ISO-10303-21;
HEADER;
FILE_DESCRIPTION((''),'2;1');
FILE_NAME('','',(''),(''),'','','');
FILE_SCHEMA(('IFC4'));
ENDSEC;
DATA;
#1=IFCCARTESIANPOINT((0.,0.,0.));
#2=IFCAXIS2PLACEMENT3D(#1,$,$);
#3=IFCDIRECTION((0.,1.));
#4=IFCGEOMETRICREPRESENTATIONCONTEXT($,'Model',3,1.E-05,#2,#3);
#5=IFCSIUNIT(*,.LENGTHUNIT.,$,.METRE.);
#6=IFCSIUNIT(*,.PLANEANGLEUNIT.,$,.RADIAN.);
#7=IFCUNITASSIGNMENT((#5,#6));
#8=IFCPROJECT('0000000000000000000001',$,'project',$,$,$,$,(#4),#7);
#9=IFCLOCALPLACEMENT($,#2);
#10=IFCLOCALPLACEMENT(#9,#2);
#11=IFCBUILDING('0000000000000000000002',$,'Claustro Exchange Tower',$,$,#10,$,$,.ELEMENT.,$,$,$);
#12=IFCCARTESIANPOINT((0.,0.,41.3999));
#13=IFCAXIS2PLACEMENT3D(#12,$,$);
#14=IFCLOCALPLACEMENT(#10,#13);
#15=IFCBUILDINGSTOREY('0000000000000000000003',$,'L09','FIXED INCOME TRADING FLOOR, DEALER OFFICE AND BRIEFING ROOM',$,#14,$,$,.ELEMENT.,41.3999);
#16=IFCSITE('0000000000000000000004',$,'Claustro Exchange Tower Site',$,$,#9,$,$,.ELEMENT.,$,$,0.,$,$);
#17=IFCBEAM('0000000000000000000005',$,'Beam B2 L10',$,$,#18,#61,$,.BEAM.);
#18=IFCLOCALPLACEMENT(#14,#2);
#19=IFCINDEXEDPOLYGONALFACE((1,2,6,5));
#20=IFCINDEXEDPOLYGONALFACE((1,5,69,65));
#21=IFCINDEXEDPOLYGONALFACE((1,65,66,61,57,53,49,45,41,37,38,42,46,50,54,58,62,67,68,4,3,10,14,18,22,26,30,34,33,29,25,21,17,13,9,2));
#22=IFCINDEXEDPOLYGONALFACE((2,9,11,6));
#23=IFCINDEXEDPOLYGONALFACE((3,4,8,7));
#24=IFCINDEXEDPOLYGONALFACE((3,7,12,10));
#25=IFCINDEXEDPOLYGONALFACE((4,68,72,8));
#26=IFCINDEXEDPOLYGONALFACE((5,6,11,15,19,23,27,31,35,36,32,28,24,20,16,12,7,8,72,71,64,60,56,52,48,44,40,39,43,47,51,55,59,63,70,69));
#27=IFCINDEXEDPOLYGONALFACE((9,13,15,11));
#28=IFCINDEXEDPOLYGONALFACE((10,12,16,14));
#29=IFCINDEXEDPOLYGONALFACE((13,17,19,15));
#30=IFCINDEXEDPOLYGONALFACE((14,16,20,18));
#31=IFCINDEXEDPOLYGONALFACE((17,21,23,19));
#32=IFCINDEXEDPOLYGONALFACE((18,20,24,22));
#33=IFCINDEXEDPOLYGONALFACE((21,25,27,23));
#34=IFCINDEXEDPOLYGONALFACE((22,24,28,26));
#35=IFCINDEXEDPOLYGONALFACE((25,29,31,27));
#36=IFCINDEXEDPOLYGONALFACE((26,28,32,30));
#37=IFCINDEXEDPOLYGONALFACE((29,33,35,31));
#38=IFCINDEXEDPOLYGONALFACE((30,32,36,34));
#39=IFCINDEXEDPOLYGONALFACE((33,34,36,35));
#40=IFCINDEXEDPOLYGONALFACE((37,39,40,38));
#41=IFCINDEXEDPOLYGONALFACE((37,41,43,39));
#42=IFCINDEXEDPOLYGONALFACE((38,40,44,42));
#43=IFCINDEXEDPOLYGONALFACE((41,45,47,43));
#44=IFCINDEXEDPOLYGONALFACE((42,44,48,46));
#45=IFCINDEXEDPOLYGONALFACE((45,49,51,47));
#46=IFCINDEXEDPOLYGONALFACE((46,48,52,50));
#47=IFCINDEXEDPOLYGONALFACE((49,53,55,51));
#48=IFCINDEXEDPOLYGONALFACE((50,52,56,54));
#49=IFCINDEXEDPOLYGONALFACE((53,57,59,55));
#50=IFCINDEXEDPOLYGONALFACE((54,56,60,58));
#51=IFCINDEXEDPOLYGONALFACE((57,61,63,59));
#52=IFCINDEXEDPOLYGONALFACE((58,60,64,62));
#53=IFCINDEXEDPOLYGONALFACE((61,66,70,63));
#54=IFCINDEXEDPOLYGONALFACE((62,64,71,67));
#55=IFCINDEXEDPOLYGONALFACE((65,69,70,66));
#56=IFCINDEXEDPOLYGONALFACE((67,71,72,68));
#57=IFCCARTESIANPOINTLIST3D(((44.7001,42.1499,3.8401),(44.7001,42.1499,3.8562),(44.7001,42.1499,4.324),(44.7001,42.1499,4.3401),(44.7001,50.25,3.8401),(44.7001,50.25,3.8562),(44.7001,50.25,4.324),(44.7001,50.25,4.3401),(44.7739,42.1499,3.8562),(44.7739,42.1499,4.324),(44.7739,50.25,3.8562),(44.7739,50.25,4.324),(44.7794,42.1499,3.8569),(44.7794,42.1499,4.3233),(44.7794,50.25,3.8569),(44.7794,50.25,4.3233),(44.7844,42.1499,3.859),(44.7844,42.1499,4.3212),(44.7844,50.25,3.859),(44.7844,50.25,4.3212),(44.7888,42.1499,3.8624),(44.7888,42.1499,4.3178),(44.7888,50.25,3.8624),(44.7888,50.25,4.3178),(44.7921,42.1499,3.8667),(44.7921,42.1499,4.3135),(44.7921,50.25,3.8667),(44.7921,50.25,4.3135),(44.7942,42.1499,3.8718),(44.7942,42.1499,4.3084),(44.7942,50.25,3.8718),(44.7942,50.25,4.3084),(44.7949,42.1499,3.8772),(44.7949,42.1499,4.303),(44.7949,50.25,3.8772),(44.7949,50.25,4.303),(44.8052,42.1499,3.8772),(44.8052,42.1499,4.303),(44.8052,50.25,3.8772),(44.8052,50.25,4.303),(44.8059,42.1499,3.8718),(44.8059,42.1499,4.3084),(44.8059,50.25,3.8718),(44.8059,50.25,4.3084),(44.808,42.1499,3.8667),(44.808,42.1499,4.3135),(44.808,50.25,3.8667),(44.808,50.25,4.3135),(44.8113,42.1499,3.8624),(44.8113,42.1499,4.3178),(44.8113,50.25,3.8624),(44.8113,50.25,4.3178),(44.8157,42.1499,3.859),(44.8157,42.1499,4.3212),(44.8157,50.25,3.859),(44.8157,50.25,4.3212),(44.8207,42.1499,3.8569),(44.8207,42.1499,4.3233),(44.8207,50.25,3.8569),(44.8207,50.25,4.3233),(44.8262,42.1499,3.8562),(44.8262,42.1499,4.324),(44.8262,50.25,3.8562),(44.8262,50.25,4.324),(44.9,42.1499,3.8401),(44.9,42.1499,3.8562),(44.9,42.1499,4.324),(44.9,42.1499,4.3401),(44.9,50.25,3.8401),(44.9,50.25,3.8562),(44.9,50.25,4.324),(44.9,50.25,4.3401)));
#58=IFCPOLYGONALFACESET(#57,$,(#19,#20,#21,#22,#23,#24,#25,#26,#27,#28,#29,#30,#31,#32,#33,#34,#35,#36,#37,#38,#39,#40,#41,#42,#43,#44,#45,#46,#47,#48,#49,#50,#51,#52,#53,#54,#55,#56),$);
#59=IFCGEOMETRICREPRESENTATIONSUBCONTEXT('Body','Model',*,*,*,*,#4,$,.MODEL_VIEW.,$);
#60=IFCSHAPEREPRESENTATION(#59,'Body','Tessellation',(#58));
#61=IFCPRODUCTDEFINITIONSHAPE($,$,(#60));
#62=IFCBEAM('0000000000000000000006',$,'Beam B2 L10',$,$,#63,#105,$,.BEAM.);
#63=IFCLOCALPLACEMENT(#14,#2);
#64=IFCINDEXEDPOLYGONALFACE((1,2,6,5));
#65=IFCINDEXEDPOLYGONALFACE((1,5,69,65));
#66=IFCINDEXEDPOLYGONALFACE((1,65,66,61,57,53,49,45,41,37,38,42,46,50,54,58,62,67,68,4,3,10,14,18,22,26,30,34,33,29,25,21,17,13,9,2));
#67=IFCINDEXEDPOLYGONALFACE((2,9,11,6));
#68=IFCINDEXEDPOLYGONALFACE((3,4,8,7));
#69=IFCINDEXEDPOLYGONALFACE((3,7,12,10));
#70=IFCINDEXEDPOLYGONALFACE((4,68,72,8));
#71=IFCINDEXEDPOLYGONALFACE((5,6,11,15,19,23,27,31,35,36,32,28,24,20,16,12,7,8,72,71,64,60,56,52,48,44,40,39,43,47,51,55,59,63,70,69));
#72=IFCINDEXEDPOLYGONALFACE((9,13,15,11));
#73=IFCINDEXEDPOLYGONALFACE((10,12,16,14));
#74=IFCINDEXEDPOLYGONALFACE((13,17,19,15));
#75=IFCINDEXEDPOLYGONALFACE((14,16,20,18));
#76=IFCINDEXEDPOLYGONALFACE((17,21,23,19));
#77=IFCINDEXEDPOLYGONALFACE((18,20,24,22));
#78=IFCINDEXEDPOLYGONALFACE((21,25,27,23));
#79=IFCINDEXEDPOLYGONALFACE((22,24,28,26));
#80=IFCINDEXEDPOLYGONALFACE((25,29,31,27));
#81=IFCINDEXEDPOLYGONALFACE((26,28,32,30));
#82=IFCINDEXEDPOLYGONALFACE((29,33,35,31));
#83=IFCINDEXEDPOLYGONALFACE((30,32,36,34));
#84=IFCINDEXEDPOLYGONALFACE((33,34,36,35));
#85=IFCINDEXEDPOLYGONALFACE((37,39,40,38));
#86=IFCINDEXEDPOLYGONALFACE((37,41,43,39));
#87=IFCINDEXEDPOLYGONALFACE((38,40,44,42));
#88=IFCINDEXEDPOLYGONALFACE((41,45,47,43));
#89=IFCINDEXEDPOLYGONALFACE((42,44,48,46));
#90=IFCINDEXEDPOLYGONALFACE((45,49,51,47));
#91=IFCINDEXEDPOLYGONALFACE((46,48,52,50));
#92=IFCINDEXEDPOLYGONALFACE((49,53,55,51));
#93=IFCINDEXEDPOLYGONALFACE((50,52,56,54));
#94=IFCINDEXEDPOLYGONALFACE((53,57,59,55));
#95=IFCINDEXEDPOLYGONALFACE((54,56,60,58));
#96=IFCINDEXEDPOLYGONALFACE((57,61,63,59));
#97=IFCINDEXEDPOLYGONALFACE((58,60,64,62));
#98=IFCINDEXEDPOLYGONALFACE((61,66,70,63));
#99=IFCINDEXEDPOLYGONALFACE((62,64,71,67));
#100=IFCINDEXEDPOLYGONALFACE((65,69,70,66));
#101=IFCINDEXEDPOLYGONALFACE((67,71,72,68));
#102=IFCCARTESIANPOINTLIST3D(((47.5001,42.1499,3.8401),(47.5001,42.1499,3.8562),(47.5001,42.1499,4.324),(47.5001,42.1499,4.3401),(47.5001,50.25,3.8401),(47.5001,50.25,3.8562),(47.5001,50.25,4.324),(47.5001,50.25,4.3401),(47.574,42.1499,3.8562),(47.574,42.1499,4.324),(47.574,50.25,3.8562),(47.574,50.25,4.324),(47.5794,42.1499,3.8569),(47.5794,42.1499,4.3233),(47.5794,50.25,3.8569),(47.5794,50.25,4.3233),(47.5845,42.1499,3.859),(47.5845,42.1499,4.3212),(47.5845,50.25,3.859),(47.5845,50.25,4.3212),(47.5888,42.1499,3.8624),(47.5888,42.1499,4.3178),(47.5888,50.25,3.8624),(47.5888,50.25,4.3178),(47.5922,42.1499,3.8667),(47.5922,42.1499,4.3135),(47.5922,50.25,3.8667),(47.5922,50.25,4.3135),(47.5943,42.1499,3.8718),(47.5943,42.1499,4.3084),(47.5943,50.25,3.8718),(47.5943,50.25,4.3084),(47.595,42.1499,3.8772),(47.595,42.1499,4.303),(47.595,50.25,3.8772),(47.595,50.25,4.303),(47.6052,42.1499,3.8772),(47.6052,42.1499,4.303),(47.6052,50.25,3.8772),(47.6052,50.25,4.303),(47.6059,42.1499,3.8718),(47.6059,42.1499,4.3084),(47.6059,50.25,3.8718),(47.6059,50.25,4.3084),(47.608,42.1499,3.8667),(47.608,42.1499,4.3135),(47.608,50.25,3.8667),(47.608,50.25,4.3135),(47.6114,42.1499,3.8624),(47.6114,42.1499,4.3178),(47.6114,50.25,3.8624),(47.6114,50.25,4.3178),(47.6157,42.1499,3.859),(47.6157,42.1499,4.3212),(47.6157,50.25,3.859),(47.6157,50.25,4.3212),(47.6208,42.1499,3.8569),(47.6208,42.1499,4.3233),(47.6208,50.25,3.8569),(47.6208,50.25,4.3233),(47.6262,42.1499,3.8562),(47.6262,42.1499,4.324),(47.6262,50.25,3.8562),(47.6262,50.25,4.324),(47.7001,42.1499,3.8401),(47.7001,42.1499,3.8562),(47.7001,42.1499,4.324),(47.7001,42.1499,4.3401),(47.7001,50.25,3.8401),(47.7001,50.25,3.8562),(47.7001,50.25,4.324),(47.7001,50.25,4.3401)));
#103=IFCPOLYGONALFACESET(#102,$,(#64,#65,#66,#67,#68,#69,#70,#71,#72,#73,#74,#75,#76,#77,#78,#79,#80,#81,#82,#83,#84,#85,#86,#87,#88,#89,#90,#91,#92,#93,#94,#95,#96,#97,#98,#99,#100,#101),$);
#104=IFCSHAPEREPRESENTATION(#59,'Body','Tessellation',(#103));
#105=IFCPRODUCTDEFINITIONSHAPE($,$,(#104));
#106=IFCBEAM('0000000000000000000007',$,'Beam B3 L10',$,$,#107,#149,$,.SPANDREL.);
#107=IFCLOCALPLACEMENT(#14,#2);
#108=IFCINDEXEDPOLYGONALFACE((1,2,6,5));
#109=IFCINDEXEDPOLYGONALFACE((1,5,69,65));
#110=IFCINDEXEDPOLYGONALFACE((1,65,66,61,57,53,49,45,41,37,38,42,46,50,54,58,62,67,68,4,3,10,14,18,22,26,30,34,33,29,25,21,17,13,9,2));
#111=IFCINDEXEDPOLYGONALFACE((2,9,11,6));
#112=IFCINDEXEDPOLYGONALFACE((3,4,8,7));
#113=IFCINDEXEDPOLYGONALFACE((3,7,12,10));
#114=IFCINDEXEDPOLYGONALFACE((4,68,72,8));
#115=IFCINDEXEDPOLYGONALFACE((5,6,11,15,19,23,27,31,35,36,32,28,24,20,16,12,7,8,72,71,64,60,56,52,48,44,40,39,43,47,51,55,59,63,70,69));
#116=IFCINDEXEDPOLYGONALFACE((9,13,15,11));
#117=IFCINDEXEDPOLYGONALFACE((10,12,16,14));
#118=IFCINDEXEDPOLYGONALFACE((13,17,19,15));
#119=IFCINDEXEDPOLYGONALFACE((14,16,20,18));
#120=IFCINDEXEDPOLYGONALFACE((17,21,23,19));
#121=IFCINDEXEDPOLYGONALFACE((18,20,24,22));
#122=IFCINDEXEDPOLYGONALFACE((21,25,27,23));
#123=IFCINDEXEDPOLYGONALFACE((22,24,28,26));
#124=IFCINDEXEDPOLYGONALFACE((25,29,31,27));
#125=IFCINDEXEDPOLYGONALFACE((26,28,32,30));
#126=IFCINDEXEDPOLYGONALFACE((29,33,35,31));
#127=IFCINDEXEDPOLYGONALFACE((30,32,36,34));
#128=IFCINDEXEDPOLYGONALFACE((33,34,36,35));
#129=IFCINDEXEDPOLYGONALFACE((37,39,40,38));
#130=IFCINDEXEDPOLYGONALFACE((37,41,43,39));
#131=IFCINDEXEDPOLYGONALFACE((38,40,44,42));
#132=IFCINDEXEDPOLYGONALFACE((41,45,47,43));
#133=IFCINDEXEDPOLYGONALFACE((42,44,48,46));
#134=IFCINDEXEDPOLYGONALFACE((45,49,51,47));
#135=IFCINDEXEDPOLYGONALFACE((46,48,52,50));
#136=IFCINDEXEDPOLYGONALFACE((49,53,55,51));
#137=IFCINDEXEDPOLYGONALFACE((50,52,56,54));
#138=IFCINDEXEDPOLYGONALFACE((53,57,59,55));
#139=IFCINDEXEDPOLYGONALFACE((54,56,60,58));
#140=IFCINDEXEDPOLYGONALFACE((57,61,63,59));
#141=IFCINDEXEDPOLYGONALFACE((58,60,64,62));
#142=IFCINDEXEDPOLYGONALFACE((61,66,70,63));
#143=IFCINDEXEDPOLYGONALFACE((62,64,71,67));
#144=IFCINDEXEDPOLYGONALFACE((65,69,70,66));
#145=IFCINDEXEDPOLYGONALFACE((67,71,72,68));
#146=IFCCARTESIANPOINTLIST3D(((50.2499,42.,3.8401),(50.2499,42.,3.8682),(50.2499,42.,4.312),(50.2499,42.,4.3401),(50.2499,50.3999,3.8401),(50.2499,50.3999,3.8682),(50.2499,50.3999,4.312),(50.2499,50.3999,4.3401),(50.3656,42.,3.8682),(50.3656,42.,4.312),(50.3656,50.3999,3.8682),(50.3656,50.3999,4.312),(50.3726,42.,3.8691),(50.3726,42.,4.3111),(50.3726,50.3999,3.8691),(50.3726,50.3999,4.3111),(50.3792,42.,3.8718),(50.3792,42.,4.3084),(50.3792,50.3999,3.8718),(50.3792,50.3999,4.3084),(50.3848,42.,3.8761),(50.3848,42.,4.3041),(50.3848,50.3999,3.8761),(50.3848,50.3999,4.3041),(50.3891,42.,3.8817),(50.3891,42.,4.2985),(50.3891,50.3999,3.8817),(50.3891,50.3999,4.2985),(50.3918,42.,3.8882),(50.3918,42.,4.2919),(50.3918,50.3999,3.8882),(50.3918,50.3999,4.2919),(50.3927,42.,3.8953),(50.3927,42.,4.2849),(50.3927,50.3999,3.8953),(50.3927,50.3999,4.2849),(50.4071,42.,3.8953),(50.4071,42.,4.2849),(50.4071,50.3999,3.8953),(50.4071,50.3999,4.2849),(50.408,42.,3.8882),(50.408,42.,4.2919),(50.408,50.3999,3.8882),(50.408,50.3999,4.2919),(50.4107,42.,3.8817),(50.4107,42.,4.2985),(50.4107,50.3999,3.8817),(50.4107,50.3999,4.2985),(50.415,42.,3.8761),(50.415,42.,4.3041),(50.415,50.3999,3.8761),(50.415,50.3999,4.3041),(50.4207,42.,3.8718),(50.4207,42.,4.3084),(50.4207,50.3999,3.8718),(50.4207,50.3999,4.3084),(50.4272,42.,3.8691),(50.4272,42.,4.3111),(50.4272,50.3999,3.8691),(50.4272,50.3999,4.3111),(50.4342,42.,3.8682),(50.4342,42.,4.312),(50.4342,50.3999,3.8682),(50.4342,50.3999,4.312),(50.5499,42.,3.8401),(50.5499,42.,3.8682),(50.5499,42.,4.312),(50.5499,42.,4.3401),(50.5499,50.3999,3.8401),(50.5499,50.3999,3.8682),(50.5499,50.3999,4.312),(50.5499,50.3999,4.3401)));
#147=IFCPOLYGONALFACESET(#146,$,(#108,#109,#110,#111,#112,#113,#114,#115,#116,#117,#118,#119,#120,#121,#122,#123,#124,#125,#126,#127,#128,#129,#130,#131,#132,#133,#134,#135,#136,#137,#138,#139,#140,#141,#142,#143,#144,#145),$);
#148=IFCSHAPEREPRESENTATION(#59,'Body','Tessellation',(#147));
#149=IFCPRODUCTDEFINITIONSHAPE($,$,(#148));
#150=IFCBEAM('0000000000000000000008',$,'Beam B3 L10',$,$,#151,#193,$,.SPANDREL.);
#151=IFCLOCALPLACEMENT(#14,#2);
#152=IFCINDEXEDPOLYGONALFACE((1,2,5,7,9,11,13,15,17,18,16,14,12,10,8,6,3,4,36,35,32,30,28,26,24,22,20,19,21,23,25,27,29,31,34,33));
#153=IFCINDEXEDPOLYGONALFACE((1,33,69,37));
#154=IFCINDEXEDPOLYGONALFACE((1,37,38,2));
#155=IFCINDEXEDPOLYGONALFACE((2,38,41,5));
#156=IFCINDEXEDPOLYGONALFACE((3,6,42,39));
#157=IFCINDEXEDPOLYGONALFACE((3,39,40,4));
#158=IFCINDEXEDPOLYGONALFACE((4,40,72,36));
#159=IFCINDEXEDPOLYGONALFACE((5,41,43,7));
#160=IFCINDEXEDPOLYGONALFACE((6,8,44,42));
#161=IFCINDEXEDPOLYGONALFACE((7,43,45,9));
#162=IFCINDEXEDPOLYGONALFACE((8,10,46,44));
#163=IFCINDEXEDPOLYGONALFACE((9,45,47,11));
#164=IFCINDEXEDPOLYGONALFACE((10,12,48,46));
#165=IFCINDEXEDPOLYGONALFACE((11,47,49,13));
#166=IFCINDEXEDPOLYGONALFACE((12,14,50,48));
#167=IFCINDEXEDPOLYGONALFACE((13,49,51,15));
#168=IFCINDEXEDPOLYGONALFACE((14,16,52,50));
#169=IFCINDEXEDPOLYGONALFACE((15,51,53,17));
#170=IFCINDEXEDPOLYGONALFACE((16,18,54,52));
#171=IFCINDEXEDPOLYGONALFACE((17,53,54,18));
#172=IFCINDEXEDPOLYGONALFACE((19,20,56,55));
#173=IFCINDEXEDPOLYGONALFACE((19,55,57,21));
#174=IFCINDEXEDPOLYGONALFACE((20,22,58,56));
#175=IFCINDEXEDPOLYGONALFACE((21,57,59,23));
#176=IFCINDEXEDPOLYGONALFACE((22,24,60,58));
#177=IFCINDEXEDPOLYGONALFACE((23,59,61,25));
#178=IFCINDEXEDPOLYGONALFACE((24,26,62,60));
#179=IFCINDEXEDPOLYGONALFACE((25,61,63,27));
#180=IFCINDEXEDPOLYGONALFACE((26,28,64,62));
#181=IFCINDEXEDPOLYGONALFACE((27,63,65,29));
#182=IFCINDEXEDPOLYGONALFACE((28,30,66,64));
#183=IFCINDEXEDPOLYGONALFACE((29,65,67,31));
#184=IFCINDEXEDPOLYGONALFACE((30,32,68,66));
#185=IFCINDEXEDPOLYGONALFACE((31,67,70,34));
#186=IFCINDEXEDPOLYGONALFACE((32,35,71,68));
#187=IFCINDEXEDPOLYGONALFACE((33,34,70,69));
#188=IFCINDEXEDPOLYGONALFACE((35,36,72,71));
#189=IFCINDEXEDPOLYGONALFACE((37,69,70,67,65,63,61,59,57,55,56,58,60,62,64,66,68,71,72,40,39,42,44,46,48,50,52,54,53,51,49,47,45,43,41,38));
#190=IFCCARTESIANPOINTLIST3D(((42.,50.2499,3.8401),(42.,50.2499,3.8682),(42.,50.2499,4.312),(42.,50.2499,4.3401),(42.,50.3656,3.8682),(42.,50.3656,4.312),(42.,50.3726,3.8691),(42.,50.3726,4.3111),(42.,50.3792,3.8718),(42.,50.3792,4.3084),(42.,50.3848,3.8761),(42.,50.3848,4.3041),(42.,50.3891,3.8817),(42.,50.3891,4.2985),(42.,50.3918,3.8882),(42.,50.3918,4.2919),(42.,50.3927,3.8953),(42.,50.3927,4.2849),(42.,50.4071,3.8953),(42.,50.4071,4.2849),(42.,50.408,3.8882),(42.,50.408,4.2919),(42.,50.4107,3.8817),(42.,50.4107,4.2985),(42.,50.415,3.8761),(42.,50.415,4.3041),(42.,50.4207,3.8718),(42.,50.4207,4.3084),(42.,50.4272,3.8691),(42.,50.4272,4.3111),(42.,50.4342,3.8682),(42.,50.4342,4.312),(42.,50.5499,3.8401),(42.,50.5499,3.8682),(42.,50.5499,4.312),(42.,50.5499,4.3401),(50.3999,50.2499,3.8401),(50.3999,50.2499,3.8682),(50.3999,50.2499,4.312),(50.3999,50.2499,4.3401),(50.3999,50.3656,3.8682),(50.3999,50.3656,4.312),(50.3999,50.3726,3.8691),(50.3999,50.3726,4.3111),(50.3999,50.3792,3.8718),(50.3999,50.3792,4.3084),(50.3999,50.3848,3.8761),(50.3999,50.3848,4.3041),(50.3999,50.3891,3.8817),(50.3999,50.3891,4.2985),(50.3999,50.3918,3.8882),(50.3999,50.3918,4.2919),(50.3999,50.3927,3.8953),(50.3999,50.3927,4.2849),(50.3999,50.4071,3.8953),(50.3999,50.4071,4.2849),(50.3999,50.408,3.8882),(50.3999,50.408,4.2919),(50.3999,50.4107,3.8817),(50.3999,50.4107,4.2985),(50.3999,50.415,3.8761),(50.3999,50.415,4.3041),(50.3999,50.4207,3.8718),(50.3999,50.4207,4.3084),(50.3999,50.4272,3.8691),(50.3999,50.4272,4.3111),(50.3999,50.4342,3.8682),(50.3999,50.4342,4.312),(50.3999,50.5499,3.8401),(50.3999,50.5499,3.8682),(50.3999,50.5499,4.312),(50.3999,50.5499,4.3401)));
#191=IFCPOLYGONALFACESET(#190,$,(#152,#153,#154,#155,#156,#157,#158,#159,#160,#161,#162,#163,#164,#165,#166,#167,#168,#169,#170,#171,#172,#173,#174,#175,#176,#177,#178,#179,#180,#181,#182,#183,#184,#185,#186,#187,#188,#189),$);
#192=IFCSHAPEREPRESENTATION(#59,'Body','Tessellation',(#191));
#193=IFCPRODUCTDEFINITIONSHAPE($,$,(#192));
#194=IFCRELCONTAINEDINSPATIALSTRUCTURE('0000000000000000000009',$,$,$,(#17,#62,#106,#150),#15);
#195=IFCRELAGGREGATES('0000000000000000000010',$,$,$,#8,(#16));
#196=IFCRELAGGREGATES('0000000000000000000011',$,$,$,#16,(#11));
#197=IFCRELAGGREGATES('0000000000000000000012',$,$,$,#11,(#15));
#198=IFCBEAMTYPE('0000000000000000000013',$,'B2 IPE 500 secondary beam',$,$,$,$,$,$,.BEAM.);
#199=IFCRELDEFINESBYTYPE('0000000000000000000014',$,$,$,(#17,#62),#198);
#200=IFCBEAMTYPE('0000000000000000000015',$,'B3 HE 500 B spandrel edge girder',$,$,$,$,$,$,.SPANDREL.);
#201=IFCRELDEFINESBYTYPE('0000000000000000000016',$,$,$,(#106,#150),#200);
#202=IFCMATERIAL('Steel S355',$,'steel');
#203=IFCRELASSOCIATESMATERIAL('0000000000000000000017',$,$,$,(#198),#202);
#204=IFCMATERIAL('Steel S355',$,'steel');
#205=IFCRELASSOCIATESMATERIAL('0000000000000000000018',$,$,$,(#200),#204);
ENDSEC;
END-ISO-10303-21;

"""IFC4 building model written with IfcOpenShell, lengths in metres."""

from ifc_helpers import new_model, si_unit, direction, frame, origin, origin_2d, place, context, subcontext, project, spatial, i_section, extrude, material, material_profile, profile_set, type_object, element, save


model = new_model("IFC4")

# Units and contexts
model_context = context("Model", 3, precision=1e-05, world=origin(), true_north=direction((0.0, 1.0)))
body_context = subcontext(model_context, "Body", "Model", "MODEL_VIEW")
ifc_project = project(units=[si_unit("LENGTHUNIT", "METRE"), si_unit("PLANEANGLEUNIT", "RADIAN")], contexts=[model_context])

# Site, building, storey
site_placement = place(None, origin())
site = spatial("IfcSite", under=ifc_project, at=site_placement, Name="Claustro Exchange Tower Site", CompositionType="ELEMENT", RefElevation=0.0)
building_placement = place(site_placement, origin())
building = spatial("IfcBuilding", under=site, at=building_placement, Name="Claustro Exchange Tower", CompositionType="ELEMENT")
storey_placement = place(building_placement, frame((0.0, 0.0, 41.3999)))
storey = spatial("IfcBuildingStorey", under=building, at=storey_placement, Name="L09", Description="FIXED INCOME TRADING FLOOR, DEALER OFFICE AND BRIEFING ROOM", CompositionType="ELEMENT", Elevation=41.3999)

# Beams
ifc_material_1 = material(Name="Steel S355", Category="steel")
ifc_material_profile_1 = material_profile(ifc_material_1, i_section(OverallWidth=0.2, OverallDepth=0.5, WebThickness=0.0103, FlangeThickness=0.0161, FilletRadius=0.021, at=origin_2d()), Name="IPE 500")
ifc_profile_set_1 = profile_set([ifc_material_profile_1], Name="Steel S355")
beam_type_1 = type_object("IfcBeamType", Name="B2 IPE 500 secondary beam", PredefinedType="BEAM", material=ifc_profile_set_1)
for number, where, z_axis, x_axis, name in (
    (1, (44.8, 42.1499, 4.0901), (0.0, 1.0, 0.0), (-1.0, 0.0, 0.0), "Beam B2 L10"),
    (2, (47.6001, 42.1499, 4.0901), (0.0, 1.0, 0.0), (-1.0, 0.0, 0.0), "Beam B2 L10"),
):
    element("IfcBeam", number, at=place(storey_placement, frame(where, z_axis=z_axis, x_axis=x_axis)), inside=storey, type_object=beam_type_1, Name=name, PredefinedType="BEAM", context=body_context, shape_type="SweptSolid", body=[
        extrude(i_section(OverallWidth=0.2, OverallDepth=0.5, WebThickness=0.0103, FlangeThickness=0.0161, FilletRadius=0.021, at=origin_2d()), origin(), (0.0, 0.0, 1.0), 8.1001),
    ])
ifc_material_2 = material(Name="Steel S355", Category="steel")
ifc_material_profile_2 = material_profile(ifc_material_2, i_section(OverallWidth=0.3, OverallDepth=0.5, WebThickness=0.0144, FlangeThickness=0.0281, FilletRadius=0.0271, at=origin_2d()), Name="HE 500 B")
ifc_profile_set_2 = profile_set([ifc_material_profile_2], Name="Steel S355")
beam_type_2 = type_object("IfcBeamType", Name="B3 HE 500 B spandrel edge girder", PredefinedType="SPANDREL", material=ifc_profile_set_2)
for number, where, z_axis, x_axis, name in (
    (3, (50.3999, 42.0, 4.0901), (0.0, 1.0, 0.0), (-1.0, 0.0, 0.0), "Beam B3 L10"),
    (4, (42.0, 50.3999, 4.0901), (1.0, 0.0, 0.0), (0.0, 1.0, 0.0), "Beam B3 L10"),
):
    element("IfcBeam", number, at=place(storey_placement, frame(where, z_axis=z_axis, x_axis=x_axis)), inside=storey, type_object=beam_type_2, Name=name, PredefinedType="SPANDREL", context=body_context, shape_type="SweptSolid", body=[
        extrude(i_section(OverallWidth=0.3, OverallDepth=0.5, WebThickness=0.0144, FlangeThickness=0.0281, FilletRadius=0.0271, at=origin_2d()), origin(), (0.0, 0.0, 1.0), 8.3999),
    ])

save(model, "model.ifc")
